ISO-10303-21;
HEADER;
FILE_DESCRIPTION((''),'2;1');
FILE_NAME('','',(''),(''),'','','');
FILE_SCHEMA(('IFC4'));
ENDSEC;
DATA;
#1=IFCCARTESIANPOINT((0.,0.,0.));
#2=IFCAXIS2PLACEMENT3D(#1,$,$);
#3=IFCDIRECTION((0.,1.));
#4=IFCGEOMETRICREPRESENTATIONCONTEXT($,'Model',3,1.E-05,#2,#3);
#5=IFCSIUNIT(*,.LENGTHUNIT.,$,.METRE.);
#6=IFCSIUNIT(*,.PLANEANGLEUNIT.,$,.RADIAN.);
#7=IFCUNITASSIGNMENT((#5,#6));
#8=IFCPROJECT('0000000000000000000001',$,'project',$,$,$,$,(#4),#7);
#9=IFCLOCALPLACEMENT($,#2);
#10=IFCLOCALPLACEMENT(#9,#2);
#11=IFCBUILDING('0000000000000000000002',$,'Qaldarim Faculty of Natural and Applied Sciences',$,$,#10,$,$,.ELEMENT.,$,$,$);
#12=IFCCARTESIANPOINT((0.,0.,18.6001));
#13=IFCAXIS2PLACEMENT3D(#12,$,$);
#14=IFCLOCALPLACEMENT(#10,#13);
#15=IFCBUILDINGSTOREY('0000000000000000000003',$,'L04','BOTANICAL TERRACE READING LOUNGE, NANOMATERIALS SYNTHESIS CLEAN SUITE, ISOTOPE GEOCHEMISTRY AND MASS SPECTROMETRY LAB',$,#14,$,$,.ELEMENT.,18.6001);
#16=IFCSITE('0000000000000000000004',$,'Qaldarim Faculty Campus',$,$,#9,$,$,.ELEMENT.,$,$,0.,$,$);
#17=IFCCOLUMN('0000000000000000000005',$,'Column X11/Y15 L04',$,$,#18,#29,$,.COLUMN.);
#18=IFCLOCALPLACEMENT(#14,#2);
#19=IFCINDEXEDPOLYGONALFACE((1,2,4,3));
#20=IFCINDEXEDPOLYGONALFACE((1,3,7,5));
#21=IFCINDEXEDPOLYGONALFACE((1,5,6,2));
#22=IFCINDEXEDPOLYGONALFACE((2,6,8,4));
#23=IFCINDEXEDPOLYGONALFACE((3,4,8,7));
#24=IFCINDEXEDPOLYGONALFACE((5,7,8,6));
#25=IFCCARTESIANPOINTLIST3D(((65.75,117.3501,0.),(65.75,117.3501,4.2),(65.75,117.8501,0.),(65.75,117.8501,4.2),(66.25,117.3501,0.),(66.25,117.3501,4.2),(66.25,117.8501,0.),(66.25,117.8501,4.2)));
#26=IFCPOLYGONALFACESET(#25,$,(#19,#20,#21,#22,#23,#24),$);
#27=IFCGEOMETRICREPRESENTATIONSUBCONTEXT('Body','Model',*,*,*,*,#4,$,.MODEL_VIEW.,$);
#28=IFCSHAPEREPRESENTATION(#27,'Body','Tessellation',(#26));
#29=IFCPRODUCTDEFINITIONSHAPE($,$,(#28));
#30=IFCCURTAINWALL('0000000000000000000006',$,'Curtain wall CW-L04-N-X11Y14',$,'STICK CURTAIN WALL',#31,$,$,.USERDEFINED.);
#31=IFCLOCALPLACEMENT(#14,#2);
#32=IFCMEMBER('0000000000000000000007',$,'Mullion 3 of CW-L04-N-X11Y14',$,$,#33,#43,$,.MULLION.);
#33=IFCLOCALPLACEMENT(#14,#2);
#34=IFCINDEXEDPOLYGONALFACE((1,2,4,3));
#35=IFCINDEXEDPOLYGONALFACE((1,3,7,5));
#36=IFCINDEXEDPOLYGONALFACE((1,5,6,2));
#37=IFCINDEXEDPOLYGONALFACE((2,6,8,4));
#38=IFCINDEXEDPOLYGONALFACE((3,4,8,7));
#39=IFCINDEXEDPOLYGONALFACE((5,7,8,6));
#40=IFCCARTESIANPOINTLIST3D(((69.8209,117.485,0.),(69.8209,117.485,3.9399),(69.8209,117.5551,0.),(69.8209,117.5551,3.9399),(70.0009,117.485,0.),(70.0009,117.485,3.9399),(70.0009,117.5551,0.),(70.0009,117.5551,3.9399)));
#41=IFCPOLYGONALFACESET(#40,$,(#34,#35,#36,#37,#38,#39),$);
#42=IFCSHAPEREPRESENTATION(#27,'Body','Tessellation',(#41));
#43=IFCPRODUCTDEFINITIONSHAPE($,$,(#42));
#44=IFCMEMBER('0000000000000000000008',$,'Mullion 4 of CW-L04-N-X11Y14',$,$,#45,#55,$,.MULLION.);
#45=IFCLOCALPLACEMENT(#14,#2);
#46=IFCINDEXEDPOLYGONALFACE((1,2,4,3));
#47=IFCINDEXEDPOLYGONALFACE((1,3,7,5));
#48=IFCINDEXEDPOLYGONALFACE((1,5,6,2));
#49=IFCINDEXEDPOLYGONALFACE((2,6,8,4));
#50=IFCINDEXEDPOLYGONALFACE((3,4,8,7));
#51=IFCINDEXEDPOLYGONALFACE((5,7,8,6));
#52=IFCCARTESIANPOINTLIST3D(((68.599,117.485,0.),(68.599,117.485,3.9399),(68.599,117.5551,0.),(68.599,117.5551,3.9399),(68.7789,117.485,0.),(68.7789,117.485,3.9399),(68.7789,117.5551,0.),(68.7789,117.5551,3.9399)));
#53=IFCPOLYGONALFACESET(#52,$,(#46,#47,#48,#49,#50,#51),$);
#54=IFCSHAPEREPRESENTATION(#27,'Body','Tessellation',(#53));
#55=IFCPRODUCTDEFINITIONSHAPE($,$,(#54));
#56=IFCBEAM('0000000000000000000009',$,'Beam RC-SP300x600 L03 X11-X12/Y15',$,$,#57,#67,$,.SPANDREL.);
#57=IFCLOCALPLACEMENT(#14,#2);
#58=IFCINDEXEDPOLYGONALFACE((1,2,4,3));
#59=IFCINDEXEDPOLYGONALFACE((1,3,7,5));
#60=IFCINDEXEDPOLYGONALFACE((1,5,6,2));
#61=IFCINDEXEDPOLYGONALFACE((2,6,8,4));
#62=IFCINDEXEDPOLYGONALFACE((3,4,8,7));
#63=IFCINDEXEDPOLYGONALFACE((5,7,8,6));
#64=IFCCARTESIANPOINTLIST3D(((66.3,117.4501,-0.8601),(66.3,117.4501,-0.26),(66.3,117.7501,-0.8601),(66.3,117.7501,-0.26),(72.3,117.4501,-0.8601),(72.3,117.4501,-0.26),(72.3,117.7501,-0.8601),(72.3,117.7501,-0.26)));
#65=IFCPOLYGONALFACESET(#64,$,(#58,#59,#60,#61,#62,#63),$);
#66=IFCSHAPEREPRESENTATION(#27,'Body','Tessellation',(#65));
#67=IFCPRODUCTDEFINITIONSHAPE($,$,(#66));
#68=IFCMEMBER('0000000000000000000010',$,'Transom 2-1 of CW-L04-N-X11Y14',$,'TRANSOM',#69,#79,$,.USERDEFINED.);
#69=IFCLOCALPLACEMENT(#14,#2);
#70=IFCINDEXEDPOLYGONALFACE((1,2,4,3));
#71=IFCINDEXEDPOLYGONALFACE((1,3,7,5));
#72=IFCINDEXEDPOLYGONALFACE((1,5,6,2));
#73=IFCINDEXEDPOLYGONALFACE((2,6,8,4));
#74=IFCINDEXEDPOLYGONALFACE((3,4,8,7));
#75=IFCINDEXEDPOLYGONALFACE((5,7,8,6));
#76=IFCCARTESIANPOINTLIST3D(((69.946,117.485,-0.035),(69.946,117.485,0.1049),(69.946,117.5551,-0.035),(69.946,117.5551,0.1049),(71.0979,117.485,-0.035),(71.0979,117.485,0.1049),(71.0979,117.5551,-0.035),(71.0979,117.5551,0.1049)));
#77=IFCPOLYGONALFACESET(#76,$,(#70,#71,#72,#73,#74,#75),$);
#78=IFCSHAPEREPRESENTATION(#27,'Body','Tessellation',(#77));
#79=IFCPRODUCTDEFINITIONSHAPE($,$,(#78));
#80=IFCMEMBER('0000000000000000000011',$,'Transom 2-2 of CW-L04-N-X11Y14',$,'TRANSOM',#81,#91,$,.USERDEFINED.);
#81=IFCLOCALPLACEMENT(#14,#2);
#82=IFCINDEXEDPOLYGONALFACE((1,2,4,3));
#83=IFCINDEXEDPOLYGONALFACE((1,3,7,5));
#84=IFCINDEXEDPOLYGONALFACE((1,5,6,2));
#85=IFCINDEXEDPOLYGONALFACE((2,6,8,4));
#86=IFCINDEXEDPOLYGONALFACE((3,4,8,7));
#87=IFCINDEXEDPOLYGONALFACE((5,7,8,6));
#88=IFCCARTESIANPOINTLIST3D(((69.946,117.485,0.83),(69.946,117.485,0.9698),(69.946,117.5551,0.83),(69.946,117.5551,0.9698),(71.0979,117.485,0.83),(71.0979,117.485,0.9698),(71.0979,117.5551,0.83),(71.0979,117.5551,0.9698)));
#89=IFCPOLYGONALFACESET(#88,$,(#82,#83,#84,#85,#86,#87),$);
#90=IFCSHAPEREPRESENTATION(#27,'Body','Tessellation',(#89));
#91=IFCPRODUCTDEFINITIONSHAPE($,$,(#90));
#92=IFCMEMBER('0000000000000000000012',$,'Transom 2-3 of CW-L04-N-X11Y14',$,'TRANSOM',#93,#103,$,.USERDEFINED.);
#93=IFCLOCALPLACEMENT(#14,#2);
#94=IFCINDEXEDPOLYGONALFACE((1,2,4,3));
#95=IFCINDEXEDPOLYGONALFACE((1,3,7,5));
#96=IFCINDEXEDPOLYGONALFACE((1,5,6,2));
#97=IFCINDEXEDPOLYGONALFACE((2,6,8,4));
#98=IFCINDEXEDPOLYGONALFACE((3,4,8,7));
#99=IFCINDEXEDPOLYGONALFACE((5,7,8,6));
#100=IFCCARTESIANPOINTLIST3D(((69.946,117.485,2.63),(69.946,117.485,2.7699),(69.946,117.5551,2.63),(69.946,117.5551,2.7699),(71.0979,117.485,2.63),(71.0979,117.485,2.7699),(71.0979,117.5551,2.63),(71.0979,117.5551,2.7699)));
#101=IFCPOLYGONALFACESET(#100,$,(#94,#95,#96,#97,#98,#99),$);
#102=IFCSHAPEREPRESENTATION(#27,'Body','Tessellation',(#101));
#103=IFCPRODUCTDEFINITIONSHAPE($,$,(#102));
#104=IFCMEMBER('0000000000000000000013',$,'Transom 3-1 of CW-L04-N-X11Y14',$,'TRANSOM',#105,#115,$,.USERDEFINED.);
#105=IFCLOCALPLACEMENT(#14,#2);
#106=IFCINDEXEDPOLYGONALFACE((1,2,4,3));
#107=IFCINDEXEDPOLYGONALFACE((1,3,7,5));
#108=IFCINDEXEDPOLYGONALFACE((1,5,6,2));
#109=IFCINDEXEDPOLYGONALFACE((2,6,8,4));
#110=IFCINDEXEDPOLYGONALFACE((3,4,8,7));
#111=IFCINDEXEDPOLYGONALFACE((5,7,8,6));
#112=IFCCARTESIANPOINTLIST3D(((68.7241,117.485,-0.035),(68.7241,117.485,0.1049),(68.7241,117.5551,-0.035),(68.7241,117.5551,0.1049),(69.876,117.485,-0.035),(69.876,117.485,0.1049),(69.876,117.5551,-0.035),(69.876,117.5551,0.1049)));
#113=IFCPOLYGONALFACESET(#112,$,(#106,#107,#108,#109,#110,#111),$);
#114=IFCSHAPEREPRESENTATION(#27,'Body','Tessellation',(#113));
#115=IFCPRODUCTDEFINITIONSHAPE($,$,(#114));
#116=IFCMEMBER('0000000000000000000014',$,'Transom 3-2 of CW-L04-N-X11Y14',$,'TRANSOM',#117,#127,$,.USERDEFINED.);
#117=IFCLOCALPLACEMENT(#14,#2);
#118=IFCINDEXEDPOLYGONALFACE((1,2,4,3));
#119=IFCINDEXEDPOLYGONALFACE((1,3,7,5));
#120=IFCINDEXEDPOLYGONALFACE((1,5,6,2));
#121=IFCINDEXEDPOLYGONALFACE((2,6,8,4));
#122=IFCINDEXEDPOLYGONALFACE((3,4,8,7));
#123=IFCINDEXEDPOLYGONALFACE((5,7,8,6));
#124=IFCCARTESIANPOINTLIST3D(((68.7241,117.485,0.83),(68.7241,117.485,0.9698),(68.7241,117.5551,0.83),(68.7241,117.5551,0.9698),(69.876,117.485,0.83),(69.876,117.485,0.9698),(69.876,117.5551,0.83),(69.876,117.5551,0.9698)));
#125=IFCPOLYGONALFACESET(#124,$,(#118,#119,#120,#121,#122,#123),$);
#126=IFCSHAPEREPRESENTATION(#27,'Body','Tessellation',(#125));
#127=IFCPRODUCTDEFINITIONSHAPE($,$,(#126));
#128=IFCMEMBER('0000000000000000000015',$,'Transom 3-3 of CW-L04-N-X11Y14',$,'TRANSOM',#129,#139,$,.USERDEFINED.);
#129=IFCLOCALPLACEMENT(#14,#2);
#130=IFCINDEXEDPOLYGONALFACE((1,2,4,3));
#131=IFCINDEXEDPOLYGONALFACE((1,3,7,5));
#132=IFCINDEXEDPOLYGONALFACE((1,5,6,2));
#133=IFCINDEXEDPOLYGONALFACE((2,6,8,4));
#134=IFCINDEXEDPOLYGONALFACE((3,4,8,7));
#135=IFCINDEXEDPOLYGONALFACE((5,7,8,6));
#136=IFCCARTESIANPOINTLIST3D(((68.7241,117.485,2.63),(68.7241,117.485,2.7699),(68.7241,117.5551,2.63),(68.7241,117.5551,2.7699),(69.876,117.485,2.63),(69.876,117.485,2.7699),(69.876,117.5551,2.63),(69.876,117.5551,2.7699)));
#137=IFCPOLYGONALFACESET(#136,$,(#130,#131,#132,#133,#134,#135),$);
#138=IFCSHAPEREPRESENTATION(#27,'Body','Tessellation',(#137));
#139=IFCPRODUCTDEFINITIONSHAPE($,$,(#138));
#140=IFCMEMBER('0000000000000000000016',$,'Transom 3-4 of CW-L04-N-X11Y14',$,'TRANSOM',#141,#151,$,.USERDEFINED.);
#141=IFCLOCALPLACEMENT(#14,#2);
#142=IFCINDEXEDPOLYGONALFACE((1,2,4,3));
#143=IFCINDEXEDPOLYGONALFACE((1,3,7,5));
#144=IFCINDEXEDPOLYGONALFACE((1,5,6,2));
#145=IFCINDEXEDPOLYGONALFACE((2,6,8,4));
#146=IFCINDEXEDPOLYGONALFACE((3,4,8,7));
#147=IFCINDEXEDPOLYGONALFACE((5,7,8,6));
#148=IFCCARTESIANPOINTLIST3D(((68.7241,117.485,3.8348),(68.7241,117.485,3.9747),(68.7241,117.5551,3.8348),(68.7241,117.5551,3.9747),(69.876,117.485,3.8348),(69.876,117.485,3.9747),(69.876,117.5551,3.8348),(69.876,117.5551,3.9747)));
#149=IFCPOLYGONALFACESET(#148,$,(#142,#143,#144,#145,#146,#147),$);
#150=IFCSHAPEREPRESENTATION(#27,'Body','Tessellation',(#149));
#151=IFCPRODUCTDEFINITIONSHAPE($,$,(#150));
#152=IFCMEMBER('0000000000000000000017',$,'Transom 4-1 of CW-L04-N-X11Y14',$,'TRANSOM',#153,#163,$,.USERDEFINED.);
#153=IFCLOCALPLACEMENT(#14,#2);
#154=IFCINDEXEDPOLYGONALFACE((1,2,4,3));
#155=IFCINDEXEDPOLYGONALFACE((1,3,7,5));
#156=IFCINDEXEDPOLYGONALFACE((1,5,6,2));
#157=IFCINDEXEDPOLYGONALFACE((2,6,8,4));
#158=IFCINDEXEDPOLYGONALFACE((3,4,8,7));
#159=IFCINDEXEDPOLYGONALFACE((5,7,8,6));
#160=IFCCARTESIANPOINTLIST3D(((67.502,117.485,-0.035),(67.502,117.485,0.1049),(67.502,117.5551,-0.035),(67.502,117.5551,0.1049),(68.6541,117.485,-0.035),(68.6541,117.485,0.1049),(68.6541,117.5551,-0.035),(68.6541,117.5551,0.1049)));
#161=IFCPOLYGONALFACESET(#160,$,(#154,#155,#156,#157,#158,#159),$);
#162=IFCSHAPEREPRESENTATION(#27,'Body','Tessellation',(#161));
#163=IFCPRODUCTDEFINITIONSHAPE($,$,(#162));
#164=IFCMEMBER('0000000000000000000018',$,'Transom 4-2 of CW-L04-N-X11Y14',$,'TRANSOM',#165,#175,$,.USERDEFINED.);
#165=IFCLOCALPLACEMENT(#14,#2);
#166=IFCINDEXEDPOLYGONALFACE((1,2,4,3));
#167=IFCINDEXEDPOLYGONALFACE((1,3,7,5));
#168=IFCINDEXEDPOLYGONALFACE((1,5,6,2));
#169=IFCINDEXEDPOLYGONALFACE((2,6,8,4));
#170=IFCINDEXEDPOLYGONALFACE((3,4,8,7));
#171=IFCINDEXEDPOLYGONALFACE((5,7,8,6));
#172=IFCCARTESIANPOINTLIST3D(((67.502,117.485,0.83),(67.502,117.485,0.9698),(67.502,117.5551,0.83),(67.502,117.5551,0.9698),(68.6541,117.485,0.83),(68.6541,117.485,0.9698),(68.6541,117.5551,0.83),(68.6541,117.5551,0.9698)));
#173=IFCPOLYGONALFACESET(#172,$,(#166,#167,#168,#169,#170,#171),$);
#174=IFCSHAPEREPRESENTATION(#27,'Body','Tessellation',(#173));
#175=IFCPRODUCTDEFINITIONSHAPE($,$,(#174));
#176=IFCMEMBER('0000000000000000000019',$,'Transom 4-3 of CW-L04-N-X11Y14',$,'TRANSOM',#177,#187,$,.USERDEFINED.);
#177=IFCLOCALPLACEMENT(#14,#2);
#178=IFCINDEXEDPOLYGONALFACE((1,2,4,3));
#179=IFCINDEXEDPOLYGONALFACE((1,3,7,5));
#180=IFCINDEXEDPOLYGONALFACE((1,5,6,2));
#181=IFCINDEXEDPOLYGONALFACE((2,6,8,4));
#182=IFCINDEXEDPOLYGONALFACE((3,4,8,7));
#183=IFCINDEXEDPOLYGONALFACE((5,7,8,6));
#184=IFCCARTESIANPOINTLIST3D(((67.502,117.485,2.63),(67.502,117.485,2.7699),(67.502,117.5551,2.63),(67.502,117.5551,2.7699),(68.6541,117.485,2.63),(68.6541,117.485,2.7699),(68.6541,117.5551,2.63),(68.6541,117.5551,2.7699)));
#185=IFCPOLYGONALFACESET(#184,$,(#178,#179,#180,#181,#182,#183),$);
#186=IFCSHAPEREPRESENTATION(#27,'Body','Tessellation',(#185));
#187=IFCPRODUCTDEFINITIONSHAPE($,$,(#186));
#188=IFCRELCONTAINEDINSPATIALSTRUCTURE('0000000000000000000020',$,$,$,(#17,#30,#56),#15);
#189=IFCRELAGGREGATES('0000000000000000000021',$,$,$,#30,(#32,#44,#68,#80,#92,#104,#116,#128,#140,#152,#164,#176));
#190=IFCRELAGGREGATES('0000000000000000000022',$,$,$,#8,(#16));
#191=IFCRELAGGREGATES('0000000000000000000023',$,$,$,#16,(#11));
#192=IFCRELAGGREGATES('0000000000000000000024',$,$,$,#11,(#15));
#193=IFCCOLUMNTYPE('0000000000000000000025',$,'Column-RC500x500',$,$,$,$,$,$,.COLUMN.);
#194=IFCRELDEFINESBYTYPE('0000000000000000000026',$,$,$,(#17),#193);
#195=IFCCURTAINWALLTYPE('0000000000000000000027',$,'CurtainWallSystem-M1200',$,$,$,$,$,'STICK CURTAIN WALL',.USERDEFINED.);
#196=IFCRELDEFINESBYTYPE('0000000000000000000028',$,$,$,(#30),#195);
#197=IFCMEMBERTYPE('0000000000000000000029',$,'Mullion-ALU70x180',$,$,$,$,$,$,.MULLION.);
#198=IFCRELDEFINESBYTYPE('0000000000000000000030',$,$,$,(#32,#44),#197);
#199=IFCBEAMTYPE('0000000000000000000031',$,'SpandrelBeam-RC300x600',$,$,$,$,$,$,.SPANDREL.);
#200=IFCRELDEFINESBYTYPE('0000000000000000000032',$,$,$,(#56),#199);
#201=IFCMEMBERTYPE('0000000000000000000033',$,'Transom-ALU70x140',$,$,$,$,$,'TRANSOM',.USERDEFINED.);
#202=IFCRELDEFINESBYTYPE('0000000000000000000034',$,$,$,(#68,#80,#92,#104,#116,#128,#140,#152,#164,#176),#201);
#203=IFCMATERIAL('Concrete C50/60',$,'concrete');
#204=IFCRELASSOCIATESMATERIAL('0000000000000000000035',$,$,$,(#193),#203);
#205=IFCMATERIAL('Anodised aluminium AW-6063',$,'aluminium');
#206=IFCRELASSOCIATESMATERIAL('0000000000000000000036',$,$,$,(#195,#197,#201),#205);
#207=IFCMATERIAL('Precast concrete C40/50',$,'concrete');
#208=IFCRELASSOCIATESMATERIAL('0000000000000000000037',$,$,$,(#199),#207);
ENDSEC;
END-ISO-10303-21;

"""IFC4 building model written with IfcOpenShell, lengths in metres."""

from ifc_helpers import new_model, si_unit, direction, frame, origin, origin_2d, place, context, subcontext, project, spatial, rectangle, extrude, material, material_profile, profile_set, type_object, element, aggregate, save


model = new_model("IFC4")

# Units and contexts
model_context = context("Model", 3, precision=1e-05, world=origin(), true_north=direction((0.0, 1.0)))
body_context = subcontext(model_context, "Body", "Model", "MODEL_VIEW")
ifc_project = project(units=[si_unit("LENGTHUNIT", "METRE"), si_unit("PLANEANGLEUNIT", "RADIAN")], contexts=[model_context])

# Site, building, storey
site_placement = place(None, origin())
site = spatial("IfcSite", under=ifc_project, at=site_placement, Name="Qaldarim Faculty Campus", CompositionType="ELEMENT", RefElevation=0.0)
building_placement = place(site_placement, origin())
building = spatial("IfcBuilding", under=site, at=building_placement, Name="Qaldarim Faculty of Natural and Applied Sciences", CompositionType="ELEMENT")
storey_placement = place(building_placement, frame((0.0, 0.0, 18.6001)))
storey = spatial("IfcBuildingStorey", under=building, at=storey_placement, Name="L04", Description="BOTANICAL TERRACE READING LOUNGE, NANOMATERIALS SYNTHESIS CLEAN SUITE, ISOTOPE GEOCHEMISTRY AND MASS SPECTROMETRY LAB", CompositionType="ELEMENT", Elevation=18.6001)

# Column
ifc_material_1 = material(Name="Concrete C50/60", Category="concrete")
ifc_material_profile_1 = material_profile(ifc_material_1, rectangle(XDim=0.5, YDim=0.5, at=origin_2d()), Name="RC-C500x500")
ifc_profile_set_1 = profile_set([ifc_material_profile_1], Name="Concrete C50/60")
column_type = type_object("IfcColumnType", Name="Column-RC500x500", PredefinedType="COLUMN", material=ifc_profile_set_1)
column_placement = place(storey_placement, frame((66.0, 117.6001, 0.0), z_axis=(0.0, 0.0, 1.0), x_axis=(1.0, 0.0, 0.0)))
element("IfcColumn", 1, at=column_placement, inside=storey, type_object=column_type, Name="Column X11/Y15 L04", PredefinedType="COLUMN", context=body_context, shape_type="SweptSolid", body=[
    extrude(rectangle(XDim=0.5, YDim=0.5, at=origin_2d()), origin(), (0.0, 0.0, 1.0), 4.2),
])

# Curtain wall, members
ifc_material_2 = material(Name="Anodised aluminium AW-6063", Category="aluminium")
curtain_wall_type = type_object("IfcCurtainWallType", Name="CurtainWallSystem-M1200", ElementType="STICK CURTAIN WALL", PredefinedType="USERDEFINED", material=ifc_material_2)
curtain_wall_placement = place(storey_placement, origin())
curtain_wall = element("IfcCurtainWall", 2, at=curtain_wall_placement, inside=storey, type_object=curtain_wall_type, Name="Curtain wall CW-L04-N-X11Y14", ObjectType="STICK CURTAIN WALL", PredefinedType="USERDEFINED")
ifc_material_profile_2 = material_profile(ifc_material_2, rectangle(XDim=0.0701, YDim=0.1799, at=origin_2d()), Name="ALU-M70x180")
ifc_profile_set_2 = profile_set([ifc_material_profile_2], Name="Anodised aluminium AW-6063")
member_type_1 = type_object("IfcMemberType", Name="Mullion-ALU70x180", PredefinedType="MULLION", material=ifc_profile_set_2)
member_1_placement = place(storey_placement, frame((69.9109, 117.52, 0.0), z_axis=(0.0, 0.0, 1.0), x_axis=(0.0, -1.0, 0.0)))
member_1 = element("IfcMember", 3, at=member_1_placement, type_object=member_type_1, Name="Mullion 3 of CW-L04-N-X11Y14", PredefinedType="MULLION", context=body_context, shape_type="SweptSolid", body=[
    extrude(rectangle(XDim=0.0701, YDim=0.1799, at=origin_2d()), origin(), (0.0, 0.0, 1.0), 3.9399),
])
member_2_placement = place(storey_placement, frame((68.689, 117.52, 0.0), z_axis=(0.0, 0.0, 1.0), x_axis=(0.0, -1.0, 0.0)))
member_2 = element("IfcMember", 4, at=member_2_placement, type_object=member_type_1, Name="Mullion 4 of CW-L04-N-X11Y14", PredefinedType="MULLION", context=body_context, shape_type="SweptSolid", body=[
    extrude(rectangle(XDim=0.0701, YDim=0.1799, at=origin_2d()), origin(), (0.0, 0.0, 1.0), 3.9399),
])

# Beam
ifc_material_3 = material(Name="Precast concrete C40/50", Category="concrete")
ifc_material_profile_3 = material_profile(ifc_material_3, rectangle(XDim=0.3, YDim=0.6001, at=origin_2d()), Name="RC-SP300x600")
ifc_profile_set_3 = profile_set([ifc_material_profile_3], Name="Precast concrete C40/50")
beam_type = type_object("IfcBeamType", Name="SpandrelBeam-RC300x600", PredefinedType="SPANDREL", material=ifc_profile_set_3)
beam_placement = place(storey_placement, frame((66.3, 117.6001, -0.5601), z_axis=(1.0, 0.0, 0.0), x_axis=(0.0, 1.0, 0.0)))
element("IfcBeam", 5, at=beam_placement, inside=storey, type_object=beam_type, Name="Beam RC-SP300x600 L03 X11-X12/Y15", PredefinedType="SPANDREL", context=body_context, shape_type="SweptSolid", body=[
    extrude(rectangle(XDim=0.3, YDim=0.6001, at=origin_2d()), origin(), (0.0, 0.0, 1.0), 6.0),
])

# Members
ifc_material_profile_4 = material_profile(ifc_material_2, rectangle(XDim=0.0701, YDim=0.1399, at=origin_2d()), Name="ALU-T70x140")
ifc_profile_set_4 = profile_set([ifc_material_profile_4], Name="Anodised aluminium AW-6063")
member_type_2 = type_object("IfcMemberType", Name="Transom-ALU70x140", ElementType="TRANSOM", PredefinedType="USERDEFINED", material=ifc_profile_set_4)
member_3_placement = place(storey_placement, frame((71.0979, 117.52, 0.0349), z_axis=(-1.0, 0.0, 0.0), x_axis=(0.0, -1.0, 0.0)))
member_3 = element("IfcMember", 6, at=member_3_placement, type_object=member_type_2, Name="Transom 2-1 of CW-L04-N-X11Y14", ObjectType="TRANSOM", PredefinedType="USERDEFINED", context=body_context, shape_type="SweptSolid", body=[
    extrude(rectangle(XDim=0.0701, YDim=0.1399, at=origin_2d()), origin(), (0.0, 0.0, 1.0), 1.1519),
])
member_4_placement = place(storey_placement, frame((71.0979, 117.52, 0.8999), z_axis=(-1.0, 0.0, 0.0), x_axis=(0.0, -1.0, 0.0)))
member_4 = element("IfcMember", 7, at=member_4_placement, type_object=member_type_2, Name="Transom 2-2 of CW-L04-N-X11Y14", ObjectType="TRANSOM", PredefinedType="USERDEFINED", context=body_context, shape_type="SweptSolid", body=[
    extrude(rectangle(XDim=0.0701, YDim=0.1399, at=origin_2d()), origin(), (0.0, 0.0, 1.0), 1.1519),
])
member_5_placement = place(storey_placement, frame((71.0979, 117.52, 2.7), z_axis=(-1.0, 0.0, 0.0), x_axis=(0.0, -1.0, 0.0)))
member_5 = element("IfcMember", 8, at=member_5_placement, type_object=member_type_2, Name="Transom 2-3 of CW-L04-N-X11Y14", ObjectType="TRANSOM", PredefinedType="USERDEFINED", context=body_context, shape_type="SweptSolid", body=[
    extrude(rectangle(XDim=0.0701, YDim=0.1399, at=origin_2d()), origin(), (0.0, 0.0, 1.0), 1.1519),
])
member_6_placement = place(storey_placement, frame((69.876, 117.52, 0.0349), z_axis=(-1.0, 0.0, 0.0), x_axis=(0.0, -1.0, 0.0)))
member_6 = element("IfcMember", 9, at=member_6_placement, type_object=member_type_2, Name="Transom 3-1 of CW-L04-N-X11Y14", ObjectType="TRANSOM", PredefinedType="USERDEFINED", context=body_context, shape_type="SweptSolid", body=[
    extrude(rectangle(XDim=0.0701, YDim=0.1399, at=origin_2d()), origin(), (0.0, 0.0, 1.0), 1.1519),
])
member_7_placement = place(storey_placement, frame((69.876, 117.52, 0.8999), z_axis=(-1.0, 0.0, 0.0), x_axis=(0.0, -1.0, 0.0)))
member_7 = element("IfcMember", 10, at=member_7_placement, type_object=member_type_2, Name="Transom 3-2 of CW-L04-N-X11Y14", ObjectType="TRANSOM", PredefinedType="USERDEFINED", context=body_context, shape_type="SweptSolid", body=[
    extrude(rectangle(XDim=0.0701, YDim=0.1399, at=origin_2d()), origin(), (0.0, 0.0, 1.0), 1.1519),
])
member_8_placement = place(storey_placement, frame((69.876, 117.52, 2.7), z_axis=(-1.0, 0.0, 0.0), x_axis=(0.0, -1.0, 0.0)))
member_8 = element("IfcMember", 11, at=member_8_placement, type_object=member_type_2, Name="Transom 3-3 of CW-L04-N-X11Y14", ObjectType="TRANSOM", PredefinedType="USERDEFINED", context=body_context, shape_type="SweptSolid", body=[
    extrude(rectangle(XDim=0.0701, YDim=0.1399, at=origin_2d()), origin(), (0.0, 0.0, 1.0), 1.1519),
])
member_9_placement = place(storey_placement, frame((69.876, 117.52, 3.9048), z_axis=(-1.0, 0.0, 0.0), x_axis=(0.0, -1.0, 0.0)))
member_9 = element("IfcMember", 12, at=member_9_placement, type_object=member_type_2, Name="Transom 3-4 of CW-L04-N-X11Y14", ObjectType="TRANSOM", PredefinedType="USERDEFINED", context=body_context, shape_type="SweptSolid", body=[
    extrude(rectangle(XDim=0.0701, YDim=0.1399, at=origin_2d()), origin(), (0.0, 0.0, 1.0), 1.1519),
])
member_10_placement = place(storey_placement, frame((68.6541, 117.52, 0.0349), z_axis=(-1.0, 0.0, 0.0), x_axis=(0.0, -1.0, 0.0)))
member_10 = element("IfcMember", 13, at=member_10_placement, type_object=member_type_2, Name="Transom 4-1 of CW-L04-N-X11Y14", ObjectType="TRANSOM", PredefinedType="USERDEFINED", context=body_context, shape_type="SweptSolid", body=[
    extrude(rectangle(XDim=0.0701, YDim=0.1399, at=origin_2d()), origin(), (0.0, 0.0, 1.0), 1.1521),
])
member_11_placement = place(storey_placement, frame((68.6541, 117.52, 0.8999), z_axis=(-1.0, 0.0, 0.0), x_axis=(0.0, -1.0, 0.0)))
member_11 = element("IfcMember", 14, at=member_11_placement, type_object=member_type_2, Name="Transom 4-2 of CW-L04-N-X11Y14", ObjectType="TRANSOM", PredefinedType="USERDEFINED", context=body_context, shape_type="SweptSolid", body=[
    extrude(rectangle(XDim=0.0701, YDim=0.1399, at=origin_2d()), origin(), (0.0, 0.0, 1.0), 1.1521),
])
member_12_placement = place(storey_placement, frame((68.6541, 117.52, 2.7), z_axis=(-1.0, 0.0, 0.0), x_axis=(0.0, -1.0, 0.0)))
member_12 = element("IfcMember", 15, at=member_12_placement, type_object=member_type_2, Name="Transom 4-3 of CW-L04-N-X11Y14", ObjectType="TRANSOM", PredefinedType="USERDEFINED", context=body_context, shape_type="SweptSolid", body=[
    extrude(rectangle(XDim=0.0701, YDim=0.1399, at=origin_2d()), origin(), (0.0, 0.0, 1.0), 1.1521),
])

aggregate(curtain_wall, [member_1, member_2, member_3, member_4, member_5, member_6, member_7, member_8, member_9, member_10, member_11, member_12])

save(model, "model.ifc")
